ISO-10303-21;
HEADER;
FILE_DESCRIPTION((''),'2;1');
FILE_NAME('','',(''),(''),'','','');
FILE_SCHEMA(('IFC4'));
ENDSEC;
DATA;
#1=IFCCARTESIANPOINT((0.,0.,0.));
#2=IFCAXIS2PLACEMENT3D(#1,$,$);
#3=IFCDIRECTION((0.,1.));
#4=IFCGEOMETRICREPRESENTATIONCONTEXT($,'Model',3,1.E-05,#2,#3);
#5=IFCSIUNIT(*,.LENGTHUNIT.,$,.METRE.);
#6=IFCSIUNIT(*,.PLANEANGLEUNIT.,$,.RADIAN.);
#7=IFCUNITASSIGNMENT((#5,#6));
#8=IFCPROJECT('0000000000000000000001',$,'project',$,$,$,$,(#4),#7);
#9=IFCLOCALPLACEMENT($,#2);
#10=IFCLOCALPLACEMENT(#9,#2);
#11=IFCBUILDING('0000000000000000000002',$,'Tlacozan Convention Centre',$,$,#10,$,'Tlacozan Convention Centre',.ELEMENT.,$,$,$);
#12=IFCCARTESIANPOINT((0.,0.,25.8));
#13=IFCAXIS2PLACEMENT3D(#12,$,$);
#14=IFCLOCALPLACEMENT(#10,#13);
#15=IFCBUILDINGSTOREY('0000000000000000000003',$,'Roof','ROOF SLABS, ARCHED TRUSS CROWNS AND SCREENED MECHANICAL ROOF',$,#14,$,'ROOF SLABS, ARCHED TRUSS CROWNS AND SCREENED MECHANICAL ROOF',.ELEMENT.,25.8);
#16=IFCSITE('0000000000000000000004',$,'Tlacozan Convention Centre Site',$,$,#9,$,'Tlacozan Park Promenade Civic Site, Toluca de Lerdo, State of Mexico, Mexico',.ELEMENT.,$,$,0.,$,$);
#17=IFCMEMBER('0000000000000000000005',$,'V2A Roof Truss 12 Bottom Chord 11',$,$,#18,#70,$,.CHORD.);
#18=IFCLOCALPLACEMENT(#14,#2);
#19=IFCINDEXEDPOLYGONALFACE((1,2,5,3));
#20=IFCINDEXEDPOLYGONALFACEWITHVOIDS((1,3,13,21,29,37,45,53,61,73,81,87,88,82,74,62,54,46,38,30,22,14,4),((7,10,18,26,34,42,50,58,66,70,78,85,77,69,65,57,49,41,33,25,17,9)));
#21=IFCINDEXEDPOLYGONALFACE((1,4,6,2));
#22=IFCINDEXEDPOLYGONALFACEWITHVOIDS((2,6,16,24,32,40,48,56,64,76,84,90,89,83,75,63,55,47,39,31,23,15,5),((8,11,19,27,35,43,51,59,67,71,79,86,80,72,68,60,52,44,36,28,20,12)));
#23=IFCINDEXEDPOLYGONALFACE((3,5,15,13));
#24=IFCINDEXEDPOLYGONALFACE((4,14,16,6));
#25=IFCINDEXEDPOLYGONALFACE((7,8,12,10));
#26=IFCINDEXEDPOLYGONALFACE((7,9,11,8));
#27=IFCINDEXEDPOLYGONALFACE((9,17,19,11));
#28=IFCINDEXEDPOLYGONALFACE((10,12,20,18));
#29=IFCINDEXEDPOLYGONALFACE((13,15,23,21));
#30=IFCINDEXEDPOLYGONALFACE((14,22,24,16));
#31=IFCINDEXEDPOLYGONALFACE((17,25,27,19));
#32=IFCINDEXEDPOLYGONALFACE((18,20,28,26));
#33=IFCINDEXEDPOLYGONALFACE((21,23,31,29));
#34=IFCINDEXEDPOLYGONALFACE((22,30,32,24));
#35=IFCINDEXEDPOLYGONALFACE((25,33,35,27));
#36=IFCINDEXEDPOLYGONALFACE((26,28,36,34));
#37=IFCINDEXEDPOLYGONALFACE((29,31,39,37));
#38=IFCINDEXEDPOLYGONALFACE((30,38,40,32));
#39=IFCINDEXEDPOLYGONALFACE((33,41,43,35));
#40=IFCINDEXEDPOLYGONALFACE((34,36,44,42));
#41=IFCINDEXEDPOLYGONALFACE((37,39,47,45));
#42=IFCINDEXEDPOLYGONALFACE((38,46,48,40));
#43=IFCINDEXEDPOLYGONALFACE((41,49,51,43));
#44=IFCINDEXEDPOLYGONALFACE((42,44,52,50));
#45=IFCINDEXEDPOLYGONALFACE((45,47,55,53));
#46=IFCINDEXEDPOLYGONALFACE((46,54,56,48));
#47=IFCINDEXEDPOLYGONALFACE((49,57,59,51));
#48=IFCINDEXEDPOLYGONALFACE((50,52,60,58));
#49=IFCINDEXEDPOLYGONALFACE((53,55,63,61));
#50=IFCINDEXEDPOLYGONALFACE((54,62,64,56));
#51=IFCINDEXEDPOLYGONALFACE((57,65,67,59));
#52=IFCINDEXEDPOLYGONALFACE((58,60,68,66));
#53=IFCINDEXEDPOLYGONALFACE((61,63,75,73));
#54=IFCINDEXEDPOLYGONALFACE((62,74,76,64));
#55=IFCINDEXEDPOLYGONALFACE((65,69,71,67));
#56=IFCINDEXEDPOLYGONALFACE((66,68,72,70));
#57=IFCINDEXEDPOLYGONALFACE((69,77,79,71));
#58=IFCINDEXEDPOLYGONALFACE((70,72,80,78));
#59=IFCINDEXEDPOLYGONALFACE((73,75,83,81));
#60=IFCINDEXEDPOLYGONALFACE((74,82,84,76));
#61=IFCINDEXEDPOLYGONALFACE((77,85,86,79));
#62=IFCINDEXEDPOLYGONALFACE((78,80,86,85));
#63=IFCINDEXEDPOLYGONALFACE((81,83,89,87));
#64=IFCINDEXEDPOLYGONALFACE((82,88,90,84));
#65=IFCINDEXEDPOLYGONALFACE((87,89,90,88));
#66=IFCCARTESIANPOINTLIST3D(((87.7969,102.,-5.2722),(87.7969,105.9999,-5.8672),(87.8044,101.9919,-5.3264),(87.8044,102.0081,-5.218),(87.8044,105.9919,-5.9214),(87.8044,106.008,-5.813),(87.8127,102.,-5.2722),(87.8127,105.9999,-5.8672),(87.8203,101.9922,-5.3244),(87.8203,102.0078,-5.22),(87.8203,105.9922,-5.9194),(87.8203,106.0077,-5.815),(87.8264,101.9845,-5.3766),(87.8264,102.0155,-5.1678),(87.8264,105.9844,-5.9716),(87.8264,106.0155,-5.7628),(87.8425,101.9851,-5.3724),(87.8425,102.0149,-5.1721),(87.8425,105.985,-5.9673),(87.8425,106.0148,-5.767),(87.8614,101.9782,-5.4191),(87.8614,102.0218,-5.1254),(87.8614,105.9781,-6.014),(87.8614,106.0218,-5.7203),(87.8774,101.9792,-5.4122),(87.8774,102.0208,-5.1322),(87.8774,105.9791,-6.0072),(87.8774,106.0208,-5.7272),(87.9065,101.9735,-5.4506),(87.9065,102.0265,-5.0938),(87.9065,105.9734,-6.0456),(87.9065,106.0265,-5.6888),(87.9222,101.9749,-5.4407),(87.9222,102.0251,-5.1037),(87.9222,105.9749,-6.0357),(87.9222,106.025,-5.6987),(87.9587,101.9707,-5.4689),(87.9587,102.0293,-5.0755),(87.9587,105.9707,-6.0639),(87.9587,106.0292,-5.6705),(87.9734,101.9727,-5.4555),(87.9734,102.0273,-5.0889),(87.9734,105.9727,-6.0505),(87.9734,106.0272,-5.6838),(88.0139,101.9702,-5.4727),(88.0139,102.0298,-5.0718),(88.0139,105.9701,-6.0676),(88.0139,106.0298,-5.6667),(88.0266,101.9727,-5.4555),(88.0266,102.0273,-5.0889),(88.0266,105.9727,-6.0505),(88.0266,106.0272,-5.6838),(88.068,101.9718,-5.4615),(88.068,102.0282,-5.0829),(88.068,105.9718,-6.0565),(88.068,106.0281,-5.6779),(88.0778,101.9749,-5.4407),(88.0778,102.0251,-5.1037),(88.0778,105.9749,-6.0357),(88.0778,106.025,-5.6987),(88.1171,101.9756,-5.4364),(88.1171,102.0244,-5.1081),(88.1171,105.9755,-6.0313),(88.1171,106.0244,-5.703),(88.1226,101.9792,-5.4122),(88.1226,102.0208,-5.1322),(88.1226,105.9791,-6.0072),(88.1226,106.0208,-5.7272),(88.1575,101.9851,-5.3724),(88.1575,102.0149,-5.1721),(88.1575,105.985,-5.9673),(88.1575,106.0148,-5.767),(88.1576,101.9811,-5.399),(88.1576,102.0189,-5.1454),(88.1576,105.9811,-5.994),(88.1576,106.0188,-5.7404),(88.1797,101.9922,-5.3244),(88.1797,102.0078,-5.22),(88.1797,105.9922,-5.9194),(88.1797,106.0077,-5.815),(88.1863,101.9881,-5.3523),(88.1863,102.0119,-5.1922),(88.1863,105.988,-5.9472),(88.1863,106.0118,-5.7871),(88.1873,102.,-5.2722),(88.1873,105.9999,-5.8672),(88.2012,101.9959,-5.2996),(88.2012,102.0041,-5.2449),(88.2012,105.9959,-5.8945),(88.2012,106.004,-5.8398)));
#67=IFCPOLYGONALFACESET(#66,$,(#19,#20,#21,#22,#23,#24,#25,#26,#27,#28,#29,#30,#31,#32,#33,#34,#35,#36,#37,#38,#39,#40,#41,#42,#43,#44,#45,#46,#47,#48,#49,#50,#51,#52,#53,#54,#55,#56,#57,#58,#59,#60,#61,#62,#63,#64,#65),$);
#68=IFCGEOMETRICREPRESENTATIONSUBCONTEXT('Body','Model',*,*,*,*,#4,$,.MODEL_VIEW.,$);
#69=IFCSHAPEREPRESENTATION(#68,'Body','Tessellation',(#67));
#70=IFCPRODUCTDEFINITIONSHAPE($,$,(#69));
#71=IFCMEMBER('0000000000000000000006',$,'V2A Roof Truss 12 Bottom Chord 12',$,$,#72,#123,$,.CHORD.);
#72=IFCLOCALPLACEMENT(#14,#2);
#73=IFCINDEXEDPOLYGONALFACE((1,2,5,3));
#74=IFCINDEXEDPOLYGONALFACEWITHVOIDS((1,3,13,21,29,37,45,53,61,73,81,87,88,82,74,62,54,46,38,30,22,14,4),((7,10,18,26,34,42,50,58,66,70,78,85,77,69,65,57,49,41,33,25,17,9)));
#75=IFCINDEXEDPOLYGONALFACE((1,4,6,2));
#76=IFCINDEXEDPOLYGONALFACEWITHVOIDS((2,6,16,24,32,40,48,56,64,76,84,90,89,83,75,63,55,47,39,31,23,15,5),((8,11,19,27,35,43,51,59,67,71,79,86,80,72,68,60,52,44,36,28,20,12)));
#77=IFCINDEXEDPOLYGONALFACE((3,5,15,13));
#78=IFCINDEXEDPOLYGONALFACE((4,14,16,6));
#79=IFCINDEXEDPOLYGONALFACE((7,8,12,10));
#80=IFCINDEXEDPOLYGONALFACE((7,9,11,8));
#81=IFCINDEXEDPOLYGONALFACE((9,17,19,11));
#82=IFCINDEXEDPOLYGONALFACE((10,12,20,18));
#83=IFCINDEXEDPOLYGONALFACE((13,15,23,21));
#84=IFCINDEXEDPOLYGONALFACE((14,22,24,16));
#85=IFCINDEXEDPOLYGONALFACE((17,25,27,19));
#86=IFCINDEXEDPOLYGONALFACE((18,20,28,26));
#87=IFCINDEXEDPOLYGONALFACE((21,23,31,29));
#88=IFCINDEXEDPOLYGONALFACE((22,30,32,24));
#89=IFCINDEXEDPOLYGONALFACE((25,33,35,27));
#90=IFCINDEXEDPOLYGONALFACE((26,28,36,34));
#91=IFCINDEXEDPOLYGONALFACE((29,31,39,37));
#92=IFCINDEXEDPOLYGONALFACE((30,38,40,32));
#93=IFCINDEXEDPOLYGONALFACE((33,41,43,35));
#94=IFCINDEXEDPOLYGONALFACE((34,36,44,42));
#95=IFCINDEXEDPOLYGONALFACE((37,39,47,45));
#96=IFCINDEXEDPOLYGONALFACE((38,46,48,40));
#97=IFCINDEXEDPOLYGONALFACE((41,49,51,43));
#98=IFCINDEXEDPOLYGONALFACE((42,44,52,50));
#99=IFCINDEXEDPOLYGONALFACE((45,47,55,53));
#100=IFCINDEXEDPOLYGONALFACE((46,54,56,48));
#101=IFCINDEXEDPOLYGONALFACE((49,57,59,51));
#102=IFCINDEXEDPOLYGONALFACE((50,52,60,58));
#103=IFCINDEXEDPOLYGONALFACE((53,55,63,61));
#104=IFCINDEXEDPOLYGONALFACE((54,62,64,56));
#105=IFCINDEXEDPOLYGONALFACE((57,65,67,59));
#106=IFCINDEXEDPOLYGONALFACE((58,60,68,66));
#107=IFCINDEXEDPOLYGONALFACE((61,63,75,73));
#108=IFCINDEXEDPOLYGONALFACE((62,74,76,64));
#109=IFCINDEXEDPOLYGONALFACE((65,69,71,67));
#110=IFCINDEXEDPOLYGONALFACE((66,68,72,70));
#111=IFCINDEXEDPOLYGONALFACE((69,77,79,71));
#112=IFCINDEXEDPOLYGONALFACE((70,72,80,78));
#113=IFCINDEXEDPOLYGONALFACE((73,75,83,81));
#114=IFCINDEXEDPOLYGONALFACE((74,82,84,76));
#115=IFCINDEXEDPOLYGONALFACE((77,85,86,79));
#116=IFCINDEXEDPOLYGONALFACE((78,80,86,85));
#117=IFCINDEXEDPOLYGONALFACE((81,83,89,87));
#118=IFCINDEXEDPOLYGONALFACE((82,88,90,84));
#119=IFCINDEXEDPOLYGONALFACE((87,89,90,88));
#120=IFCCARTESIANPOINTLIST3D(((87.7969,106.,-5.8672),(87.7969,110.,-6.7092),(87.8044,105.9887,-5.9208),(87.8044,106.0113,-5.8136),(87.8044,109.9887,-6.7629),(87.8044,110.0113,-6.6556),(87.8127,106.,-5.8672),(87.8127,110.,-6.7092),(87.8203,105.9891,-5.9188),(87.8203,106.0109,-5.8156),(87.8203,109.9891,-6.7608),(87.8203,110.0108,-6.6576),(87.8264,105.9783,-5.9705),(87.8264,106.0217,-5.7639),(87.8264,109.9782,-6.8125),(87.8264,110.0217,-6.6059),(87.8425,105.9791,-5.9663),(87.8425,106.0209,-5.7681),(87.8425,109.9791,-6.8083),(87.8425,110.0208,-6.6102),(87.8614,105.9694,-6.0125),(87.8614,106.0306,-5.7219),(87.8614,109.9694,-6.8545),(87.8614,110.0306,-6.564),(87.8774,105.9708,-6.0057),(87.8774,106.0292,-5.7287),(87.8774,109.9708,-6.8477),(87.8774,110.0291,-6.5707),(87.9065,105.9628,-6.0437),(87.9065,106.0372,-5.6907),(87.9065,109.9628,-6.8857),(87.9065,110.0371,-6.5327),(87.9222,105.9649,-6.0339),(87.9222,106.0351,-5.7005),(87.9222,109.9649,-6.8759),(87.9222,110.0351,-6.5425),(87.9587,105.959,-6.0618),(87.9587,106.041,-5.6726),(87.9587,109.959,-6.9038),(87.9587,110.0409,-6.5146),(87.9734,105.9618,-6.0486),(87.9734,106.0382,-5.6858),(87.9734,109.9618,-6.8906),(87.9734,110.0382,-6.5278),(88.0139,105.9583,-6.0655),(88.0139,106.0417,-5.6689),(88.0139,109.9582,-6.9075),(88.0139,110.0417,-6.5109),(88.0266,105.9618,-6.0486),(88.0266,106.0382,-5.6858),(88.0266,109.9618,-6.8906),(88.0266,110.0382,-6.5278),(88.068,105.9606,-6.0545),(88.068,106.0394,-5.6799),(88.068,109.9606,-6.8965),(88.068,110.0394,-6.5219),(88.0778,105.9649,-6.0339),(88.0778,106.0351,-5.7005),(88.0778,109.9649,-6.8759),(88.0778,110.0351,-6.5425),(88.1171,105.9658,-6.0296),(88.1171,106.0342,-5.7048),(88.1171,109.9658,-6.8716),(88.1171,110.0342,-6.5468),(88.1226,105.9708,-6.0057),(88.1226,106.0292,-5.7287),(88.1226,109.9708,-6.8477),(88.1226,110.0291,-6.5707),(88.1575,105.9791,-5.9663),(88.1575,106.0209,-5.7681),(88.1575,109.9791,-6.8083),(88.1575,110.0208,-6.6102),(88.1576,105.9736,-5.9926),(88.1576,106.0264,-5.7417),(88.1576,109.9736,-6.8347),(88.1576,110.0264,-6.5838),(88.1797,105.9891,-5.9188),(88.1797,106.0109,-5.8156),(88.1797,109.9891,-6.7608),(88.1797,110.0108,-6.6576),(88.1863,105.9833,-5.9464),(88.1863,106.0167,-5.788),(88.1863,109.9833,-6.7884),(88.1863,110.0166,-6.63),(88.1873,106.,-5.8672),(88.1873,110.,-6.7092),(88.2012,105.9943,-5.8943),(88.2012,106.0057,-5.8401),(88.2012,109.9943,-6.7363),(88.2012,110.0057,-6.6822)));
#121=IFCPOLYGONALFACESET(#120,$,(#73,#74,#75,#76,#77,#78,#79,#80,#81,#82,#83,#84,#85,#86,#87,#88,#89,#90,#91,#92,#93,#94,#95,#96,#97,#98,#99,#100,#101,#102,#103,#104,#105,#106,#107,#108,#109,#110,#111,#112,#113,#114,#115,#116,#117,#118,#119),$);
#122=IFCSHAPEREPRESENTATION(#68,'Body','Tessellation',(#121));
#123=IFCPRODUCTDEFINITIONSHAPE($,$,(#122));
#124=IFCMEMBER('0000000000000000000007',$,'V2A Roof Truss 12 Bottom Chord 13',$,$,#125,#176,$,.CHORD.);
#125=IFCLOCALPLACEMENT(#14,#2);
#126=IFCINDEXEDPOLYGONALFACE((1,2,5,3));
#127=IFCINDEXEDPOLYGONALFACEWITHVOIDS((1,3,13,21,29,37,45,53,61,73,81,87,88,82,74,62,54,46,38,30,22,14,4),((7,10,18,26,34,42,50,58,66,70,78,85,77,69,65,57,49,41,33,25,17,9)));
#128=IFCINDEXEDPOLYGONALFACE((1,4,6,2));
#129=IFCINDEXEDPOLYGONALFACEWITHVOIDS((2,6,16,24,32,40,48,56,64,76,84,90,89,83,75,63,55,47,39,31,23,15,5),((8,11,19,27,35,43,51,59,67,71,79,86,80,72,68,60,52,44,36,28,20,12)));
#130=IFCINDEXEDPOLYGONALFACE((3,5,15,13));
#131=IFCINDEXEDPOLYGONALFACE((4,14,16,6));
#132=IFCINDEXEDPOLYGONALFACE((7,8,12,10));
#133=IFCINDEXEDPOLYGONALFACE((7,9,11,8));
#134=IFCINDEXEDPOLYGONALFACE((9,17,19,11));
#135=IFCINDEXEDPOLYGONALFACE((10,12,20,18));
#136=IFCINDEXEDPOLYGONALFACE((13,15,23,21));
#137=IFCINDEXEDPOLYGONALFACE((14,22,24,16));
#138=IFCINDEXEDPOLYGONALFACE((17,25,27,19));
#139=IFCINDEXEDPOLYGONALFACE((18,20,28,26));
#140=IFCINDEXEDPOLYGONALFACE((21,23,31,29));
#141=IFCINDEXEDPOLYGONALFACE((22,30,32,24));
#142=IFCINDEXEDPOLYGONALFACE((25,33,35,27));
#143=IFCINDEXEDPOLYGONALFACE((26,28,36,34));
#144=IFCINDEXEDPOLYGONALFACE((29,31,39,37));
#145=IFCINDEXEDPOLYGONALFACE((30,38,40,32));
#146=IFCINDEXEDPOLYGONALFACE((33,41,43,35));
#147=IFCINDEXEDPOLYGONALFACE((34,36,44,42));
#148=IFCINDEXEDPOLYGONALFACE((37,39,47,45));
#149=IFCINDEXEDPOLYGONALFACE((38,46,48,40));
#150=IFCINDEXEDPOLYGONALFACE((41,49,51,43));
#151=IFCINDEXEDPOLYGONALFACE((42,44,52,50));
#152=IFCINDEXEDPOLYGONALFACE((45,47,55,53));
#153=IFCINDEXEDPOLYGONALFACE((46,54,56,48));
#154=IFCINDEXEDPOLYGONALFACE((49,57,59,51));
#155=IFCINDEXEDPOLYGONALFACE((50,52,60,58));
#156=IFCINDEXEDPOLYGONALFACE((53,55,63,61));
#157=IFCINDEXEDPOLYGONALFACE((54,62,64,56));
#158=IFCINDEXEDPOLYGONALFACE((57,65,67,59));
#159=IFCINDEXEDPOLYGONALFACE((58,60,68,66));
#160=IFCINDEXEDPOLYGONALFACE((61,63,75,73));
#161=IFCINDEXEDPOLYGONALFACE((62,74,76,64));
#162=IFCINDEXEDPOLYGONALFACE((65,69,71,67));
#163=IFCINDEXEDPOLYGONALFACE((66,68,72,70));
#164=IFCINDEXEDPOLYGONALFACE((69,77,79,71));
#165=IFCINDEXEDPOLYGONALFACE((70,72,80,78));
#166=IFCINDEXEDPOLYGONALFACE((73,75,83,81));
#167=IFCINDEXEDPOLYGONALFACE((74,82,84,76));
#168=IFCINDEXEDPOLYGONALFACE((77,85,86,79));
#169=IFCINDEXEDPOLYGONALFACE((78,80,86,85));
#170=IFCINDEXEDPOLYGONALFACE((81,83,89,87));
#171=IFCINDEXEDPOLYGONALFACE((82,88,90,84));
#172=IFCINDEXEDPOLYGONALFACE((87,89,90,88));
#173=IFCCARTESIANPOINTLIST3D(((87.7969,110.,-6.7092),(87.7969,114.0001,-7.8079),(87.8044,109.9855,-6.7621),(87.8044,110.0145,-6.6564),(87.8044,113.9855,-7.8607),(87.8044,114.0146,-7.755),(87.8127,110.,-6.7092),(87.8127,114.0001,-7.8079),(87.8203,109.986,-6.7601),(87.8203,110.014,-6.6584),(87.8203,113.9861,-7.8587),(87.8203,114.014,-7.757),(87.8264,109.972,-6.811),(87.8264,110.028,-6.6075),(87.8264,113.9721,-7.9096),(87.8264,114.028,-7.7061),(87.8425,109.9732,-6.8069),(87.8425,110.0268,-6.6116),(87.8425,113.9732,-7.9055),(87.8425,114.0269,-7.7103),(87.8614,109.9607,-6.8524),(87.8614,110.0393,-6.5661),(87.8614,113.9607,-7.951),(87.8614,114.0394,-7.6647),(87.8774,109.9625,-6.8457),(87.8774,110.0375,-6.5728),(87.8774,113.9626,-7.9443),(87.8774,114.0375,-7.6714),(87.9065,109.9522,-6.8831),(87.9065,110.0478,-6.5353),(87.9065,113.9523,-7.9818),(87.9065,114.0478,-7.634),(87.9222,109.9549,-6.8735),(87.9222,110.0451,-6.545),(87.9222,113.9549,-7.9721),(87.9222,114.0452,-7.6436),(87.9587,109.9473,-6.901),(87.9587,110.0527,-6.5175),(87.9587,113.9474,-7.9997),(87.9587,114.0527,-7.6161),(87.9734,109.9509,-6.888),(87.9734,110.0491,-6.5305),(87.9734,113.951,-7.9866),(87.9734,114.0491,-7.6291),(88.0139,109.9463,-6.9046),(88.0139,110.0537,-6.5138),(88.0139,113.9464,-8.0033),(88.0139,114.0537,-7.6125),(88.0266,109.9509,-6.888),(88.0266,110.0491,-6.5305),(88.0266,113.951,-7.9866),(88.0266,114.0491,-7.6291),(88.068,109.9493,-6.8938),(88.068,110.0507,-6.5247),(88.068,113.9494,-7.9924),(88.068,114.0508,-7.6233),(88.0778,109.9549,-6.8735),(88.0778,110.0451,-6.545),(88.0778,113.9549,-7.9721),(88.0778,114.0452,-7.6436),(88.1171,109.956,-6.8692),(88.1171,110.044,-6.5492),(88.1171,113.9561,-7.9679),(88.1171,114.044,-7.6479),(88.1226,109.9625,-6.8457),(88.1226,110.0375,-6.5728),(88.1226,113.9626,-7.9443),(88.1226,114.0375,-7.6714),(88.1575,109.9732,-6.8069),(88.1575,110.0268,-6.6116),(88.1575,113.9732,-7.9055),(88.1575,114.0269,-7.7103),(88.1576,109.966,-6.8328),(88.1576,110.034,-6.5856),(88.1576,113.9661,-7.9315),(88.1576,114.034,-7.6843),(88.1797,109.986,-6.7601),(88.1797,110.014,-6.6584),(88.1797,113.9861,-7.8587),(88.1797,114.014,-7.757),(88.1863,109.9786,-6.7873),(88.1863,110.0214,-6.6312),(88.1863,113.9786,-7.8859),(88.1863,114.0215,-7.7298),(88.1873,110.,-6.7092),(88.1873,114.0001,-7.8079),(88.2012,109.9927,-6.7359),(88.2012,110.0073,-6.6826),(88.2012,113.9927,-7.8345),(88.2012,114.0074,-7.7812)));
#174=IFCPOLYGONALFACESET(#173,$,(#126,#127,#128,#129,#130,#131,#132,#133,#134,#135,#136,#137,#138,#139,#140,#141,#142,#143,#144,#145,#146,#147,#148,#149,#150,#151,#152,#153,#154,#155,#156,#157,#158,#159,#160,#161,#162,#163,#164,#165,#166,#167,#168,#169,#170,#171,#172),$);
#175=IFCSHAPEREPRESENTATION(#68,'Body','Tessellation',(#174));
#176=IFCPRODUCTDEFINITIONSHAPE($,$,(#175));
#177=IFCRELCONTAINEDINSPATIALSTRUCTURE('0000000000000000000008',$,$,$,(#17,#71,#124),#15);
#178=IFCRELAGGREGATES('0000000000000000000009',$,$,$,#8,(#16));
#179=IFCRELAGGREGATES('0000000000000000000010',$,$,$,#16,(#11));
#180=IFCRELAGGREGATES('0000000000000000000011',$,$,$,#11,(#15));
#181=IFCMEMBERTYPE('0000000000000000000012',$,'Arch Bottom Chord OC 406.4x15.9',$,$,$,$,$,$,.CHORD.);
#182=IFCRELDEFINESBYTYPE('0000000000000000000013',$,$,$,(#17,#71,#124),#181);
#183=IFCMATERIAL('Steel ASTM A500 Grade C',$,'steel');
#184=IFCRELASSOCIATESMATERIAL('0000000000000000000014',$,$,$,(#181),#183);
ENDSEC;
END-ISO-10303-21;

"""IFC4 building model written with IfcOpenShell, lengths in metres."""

from ifc_helpers import new_model, si_unit, direction, frame, origin, origin_2d, place, context, subcontext, project, spatial, hollow_circle, extrude, material, material_profile, profile_set, type_object, element, save


model = new_model("IFC4")

# Units and contexts
model_context = context("Model", 3, precision=1e-05, world=origin(), true_north=direction((0.0, 1.0)))
body_context = subcontext(model_context, "Body", "Model", "MODEL_VIEW")
ifc_project = project(units=[si_unit("LENGTHUNIT", "METRE"), si_unit("PLANEANGLEUNIT", "RADIAN")], contexts=[model_context])

# Site, building, storey
site_placement = place(None, origin())
site = spatial("IfcSite", under=ifc_project, at=site_placement, Name="Tlacozan Convention Centre Site", LongName="Tlacozan Park Promenade Civic Site, Toluca de Lerdo, State of Mexico, Mexico", CompositionType="ELEMENT", RefElevation=0.0)
building_placement = place(site_placement, origin())
building = spatial("IfcBuilding", under=site, at=building_placement, Name="Tlacozan Convention Centre", LongName="Tlacozan Convention Centre", CompositionType="ELEMENT")
storey_placement = place(building_placement, frame((0.0, 0.0, 25.8)))
storey = spatial("IfcBuildingStorey", under=building, at=storey_placement, Name="Roof", Description="ROOF SLABS, ARCHED TRUSS CROWNS AND SCREENED MECHANICAL ROOF", LongName="ROOF SLABS, ARCHED TRUSS CROWNS AND SCREENED MECHANICAL ROOF", CompositionType="ELEMENT", Elevation=25.8)

# Members
ifc_material_1 = material(Name="Steel ASTM A500 Grade C", Category="steel")
ifc_material_profile_1 = material_profile(ifc_material_1, hollow_circle(Radius=0.2031, WallThickness=0.0159, at=origin_2d()), Name="OC 406.4x15.9")
ifc_profile_set_1 = profile_set([ifc_material_profile_1], Name="Steel ASTM A500 Grade C")
member_type_1 = type_object("IfcMemberType", Name="Arch Bottom Chord OC 406.4x15.9", PredefinedType="CHORD", material=ifc_profile_set_1)
member_1_placement = place(storey_placement, frame((88.0, 102.0, -5.2722), z_axis=(0.0, 0.989118, -0.147124), x_axis=(-1.0, 0.0, 0.0)))
element("IfcMember", 1, at=member_1_placement, inside=storey, type_object=member_type_1, Name="V2A Roof Truss 12 Bottom Chord 11", PredefinedType="CHORD", context=body_context, shape_type="SweptSolid", body=[
    extrude(hollow_circle(Radius=0.2031, WallThickness=0.0159, at=origin_2d()), origin(), (0.0, 0.0, 1.0), 4.0439),
])
member_2_placement = place(storey_placement, frame((88.0, 106.0, -5.8672), z_axis=(0.0, 0.978553, -0.205995), x_axis=(-1.0, 0.0, 0.0)))
element("IfcMember", 2, at=member_2_placement, inside=storey, type_object=member_type_1, Name="V2A Roof Truss 12 Bottom Chord 12", PredefinedType="CHORD", context=body_context, shape_type="SweptSolid", body=[
    extrude(hollow_circle(Radius=0.2031, WallThickness=0.0159, at=origin_2d()), origin(), (0.0, 0.0, 1.0), 4.0876),
])
member_3_placement = place(storey_placement, frame((88.0, 110.0, -6.7092), z_axis=(0.0, 0.96429, -0.26485), x_axis=(-1.0, 0.0, 0.0)))
element("IfcMember", 3, at=member_3_placement, inside=storey, type_object=member_type_1, Name="V2A Roof Truss 12 Bottom Chord 13", PredefinedType="CHORD", context=body_context, shape_type="SweptSolid", body=[
    extrude(hollow_circle(Radius=0.2031, WallThickness=0.0159, at=origin_2d()), origin(), (0.0, 0.0, 1.0), 4.1482),
])

save(model, "model.ifc")
